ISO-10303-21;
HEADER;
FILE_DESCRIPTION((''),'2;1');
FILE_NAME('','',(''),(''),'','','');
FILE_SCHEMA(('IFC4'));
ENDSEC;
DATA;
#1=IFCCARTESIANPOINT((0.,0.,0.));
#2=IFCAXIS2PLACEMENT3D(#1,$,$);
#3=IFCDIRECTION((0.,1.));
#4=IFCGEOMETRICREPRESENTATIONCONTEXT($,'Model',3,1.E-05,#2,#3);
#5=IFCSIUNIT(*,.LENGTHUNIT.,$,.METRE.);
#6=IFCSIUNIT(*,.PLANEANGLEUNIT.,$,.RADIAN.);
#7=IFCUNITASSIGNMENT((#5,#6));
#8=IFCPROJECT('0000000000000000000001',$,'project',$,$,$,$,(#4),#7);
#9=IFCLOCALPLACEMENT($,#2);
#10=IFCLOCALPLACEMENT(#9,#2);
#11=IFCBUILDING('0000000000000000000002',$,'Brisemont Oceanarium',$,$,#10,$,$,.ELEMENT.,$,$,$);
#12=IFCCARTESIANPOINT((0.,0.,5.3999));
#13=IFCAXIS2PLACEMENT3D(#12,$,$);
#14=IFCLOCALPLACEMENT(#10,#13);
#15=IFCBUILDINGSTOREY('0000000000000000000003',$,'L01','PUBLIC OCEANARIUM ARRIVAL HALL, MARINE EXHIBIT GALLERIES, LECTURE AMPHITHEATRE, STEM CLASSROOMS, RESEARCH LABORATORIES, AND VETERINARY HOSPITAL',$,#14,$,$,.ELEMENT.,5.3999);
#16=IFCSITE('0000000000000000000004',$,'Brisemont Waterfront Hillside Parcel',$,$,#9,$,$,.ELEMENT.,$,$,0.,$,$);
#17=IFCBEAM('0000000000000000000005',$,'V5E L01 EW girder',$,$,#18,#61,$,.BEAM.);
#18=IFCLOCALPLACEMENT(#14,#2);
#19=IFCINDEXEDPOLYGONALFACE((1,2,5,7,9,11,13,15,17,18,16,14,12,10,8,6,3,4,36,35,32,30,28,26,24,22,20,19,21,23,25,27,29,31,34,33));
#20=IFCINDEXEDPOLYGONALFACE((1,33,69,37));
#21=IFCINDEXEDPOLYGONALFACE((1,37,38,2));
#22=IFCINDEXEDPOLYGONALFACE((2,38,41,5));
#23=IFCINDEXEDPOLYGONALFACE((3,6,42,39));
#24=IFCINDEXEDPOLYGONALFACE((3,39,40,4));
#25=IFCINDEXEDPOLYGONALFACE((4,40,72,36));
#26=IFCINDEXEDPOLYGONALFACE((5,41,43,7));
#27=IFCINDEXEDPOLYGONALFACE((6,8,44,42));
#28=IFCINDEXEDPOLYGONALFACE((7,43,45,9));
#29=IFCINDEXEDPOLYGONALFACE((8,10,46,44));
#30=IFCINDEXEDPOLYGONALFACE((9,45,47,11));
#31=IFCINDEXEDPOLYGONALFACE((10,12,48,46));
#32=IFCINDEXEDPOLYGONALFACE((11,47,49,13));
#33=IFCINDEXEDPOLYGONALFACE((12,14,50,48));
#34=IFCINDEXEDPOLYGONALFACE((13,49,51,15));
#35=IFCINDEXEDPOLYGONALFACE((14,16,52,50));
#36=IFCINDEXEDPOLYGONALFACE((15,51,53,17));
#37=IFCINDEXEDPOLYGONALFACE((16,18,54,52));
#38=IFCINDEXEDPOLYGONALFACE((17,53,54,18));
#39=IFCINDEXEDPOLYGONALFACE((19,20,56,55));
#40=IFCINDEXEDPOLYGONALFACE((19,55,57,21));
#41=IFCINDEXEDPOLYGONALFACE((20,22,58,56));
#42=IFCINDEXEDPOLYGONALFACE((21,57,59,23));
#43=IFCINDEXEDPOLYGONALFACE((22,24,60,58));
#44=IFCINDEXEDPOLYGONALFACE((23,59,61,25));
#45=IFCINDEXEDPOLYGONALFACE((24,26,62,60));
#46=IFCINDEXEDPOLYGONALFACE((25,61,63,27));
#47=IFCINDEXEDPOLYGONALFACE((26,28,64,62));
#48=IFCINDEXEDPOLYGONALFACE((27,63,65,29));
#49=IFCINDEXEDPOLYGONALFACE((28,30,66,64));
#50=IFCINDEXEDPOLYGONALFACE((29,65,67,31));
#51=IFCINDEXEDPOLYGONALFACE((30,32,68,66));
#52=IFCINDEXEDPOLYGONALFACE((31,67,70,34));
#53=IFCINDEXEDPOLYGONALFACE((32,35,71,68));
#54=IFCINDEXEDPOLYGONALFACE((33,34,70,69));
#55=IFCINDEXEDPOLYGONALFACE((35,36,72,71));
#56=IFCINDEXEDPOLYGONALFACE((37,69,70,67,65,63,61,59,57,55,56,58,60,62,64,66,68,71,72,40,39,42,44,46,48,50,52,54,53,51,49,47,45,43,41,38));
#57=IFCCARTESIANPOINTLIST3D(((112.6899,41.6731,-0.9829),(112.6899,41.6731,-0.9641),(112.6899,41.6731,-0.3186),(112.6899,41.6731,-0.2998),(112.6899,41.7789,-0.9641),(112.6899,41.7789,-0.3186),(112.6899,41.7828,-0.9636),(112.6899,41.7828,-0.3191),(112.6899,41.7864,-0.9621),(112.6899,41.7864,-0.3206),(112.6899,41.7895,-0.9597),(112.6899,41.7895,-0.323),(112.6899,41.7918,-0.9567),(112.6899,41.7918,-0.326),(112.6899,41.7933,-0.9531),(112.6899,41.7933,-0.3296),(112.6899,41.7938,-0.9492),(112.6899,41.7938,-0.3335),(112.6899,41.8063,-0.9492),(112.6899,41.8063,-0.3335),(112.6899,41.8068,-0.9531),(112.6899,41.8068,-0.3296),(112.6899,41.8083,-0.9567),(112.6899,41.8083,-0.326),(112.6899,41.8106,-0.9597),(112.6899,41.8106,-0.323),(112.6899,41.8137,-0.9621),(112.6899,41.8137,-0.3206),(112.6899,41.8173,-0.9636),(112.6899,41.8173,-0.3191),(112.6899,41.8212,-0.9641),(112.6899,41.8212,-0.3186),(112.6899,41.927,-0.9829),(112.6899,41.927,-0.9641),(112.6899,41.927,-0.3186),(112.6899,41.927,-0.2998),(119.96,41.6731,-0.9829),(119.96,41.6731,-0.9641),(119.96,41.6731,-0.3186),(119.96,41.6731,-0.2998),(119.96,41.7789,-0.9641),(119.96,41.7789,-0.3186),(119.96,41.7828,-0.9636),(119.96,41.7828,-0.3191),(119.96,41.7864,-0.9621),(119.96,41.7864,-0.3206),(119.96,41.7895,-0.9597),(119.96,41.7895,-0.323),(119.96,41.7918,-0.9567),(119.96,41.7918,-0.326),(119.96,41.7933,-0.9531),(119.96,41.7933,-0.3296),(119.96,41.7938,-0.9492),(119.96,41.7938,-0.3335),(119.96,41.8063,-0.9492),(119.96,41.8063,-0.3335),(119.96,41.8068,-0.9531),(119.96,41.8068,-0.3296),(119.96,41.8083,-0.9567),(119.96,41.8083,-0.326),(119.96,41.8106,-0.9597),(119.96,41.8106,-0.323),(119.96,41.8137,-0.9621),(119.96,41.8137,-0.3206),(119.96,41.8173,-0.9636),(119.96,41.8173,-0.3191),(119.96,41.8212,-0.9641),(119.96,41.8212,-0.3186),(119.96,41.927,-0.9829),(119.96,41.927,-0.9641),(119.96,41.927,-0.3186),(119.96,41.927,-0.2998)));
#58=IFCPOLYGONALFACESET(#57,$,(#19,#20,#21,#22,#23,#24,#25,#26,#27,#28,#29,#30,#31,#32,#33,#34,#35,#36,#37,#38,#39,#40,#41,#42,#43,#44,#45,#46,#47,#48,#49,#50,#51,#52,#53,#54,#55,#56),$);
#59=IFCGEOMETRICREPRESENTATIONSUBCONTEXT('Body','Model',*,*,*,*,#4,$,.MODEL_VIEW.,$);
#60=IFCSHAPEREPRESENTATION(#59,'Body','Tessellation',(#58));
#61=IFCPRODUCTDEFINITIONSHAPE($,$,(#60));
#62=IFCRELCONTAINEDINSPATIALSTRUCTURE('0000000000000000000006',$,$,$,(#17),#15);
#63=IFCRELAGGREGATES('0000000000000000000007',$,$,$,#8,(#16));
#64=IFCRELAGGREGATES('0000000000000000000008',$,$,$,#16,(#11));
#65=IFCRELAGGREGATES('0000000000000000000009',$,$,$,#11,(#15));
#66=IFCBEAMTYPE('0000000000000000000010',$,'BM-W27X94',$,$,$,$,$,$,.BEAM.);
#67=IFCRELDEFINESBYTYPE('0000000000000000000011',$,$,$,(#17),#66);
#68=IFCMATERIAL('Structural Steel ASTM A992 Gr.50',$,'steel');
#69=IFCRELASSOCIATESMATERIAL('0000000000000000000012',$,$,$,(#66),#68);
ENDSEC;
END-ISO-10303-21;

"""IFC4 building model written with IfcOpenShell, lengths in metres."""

from ifc_helpers import new_model, si_unit, direction, frame, origin, origin_2d, place, context, subcontext, project, spatial, i_section, extrude, material, material_profile, profile_set, type_object, element, save


model = new_model("IFC4")

# Units and contexts
model_context = context("Model", 3, precision=1e-05, world=origin(), true_north=direction((0.0, 1.0)))
body_context = subcontext(model_context, "Body", "Model", "MODEL_VIEW")
ifc_project = project(units=[si_unit("LENGTHUNIT", "METRE"), si_unit("PLANEANGLEUNIT", "RADIAN")], contexts=[model_context])

# Site, building, storey
site_placement = place(None, origin())
site = spatial("IfcSite", under=ifc_project, at=site_placement, Name="Brisemont Waterfront Hillside Parcel", CompositionType="ELEMENT", RefElevation=0.0)
building_placement = place(site_placement, origin())
building = spatial("IfcBuilding", under=site, at=building_placement, Name="Brisemont Oceanarium", CompositionType="ELEMENT")
storey_placement = place(building_placement, frame((0.0, 0.0, 5.3999)))
storey = spatial("IfcBuildingStorey", under=building, at=storey_placement, Name="L01", Description="PUBLIC OCEANARIUM ARRIVAL HALL, MARINE EXHIBIT GALLERIES, LECTURE AMPHITHEATRE, STEM CLASSROOMS, RESEARCH LABORATORIES, AND VETERINARY HOSPITAL", CompositionType="ELEMENT", Elevation=5.3999)

# Beam
ifc_material_1 = material(Name="Structural Steel ASTM A992 Gr.50", Category="steel")
ifc_material_profile_1 = material_profile(ifc_material_1, i_section(OverallWidth=0.2539, OverallDepth=0.6831, WebThickness=0.0125, FlangeThickness=0.0188, FilletRadius=0.0149, at=origin_2d()), Name="W27X94")
ifc_profile_set_1 = profile_set([ifc_material_profile_1], Name="Structural Steel ASTM A992 Gr.50")
beam_type_1 = type_object("IfcBeamType", Name="BM-W27X94", PredefinedType="BEAM", material=ifc_profile_set_1)
beam_1_placement = place(storey_placement, frame((112.6899, 41.8, -0.6414), z_axis=(1.0, 0.0, 0.0), x_axis=(0.0, 1.0, 0.0)))
element("IfcBeam", 1, at=beam_1_placement, inside=storey, type_object=beam_type_1, Name="V5E L01 EW girder", PredefinedType="BEAM", context=body_context, shape_type="SweptSolid", body=[
    extrude(i_section(OverallWidth=0.2539, OverallDepth=0.6831, WebThickness=0.0125, FlangeThickness=0.0188, FilletRadius=0.0149, at=origin_2d()), origin(), (0.0, 0.0, 1.0), 7.27),
])

save(model, "model.ifc")
